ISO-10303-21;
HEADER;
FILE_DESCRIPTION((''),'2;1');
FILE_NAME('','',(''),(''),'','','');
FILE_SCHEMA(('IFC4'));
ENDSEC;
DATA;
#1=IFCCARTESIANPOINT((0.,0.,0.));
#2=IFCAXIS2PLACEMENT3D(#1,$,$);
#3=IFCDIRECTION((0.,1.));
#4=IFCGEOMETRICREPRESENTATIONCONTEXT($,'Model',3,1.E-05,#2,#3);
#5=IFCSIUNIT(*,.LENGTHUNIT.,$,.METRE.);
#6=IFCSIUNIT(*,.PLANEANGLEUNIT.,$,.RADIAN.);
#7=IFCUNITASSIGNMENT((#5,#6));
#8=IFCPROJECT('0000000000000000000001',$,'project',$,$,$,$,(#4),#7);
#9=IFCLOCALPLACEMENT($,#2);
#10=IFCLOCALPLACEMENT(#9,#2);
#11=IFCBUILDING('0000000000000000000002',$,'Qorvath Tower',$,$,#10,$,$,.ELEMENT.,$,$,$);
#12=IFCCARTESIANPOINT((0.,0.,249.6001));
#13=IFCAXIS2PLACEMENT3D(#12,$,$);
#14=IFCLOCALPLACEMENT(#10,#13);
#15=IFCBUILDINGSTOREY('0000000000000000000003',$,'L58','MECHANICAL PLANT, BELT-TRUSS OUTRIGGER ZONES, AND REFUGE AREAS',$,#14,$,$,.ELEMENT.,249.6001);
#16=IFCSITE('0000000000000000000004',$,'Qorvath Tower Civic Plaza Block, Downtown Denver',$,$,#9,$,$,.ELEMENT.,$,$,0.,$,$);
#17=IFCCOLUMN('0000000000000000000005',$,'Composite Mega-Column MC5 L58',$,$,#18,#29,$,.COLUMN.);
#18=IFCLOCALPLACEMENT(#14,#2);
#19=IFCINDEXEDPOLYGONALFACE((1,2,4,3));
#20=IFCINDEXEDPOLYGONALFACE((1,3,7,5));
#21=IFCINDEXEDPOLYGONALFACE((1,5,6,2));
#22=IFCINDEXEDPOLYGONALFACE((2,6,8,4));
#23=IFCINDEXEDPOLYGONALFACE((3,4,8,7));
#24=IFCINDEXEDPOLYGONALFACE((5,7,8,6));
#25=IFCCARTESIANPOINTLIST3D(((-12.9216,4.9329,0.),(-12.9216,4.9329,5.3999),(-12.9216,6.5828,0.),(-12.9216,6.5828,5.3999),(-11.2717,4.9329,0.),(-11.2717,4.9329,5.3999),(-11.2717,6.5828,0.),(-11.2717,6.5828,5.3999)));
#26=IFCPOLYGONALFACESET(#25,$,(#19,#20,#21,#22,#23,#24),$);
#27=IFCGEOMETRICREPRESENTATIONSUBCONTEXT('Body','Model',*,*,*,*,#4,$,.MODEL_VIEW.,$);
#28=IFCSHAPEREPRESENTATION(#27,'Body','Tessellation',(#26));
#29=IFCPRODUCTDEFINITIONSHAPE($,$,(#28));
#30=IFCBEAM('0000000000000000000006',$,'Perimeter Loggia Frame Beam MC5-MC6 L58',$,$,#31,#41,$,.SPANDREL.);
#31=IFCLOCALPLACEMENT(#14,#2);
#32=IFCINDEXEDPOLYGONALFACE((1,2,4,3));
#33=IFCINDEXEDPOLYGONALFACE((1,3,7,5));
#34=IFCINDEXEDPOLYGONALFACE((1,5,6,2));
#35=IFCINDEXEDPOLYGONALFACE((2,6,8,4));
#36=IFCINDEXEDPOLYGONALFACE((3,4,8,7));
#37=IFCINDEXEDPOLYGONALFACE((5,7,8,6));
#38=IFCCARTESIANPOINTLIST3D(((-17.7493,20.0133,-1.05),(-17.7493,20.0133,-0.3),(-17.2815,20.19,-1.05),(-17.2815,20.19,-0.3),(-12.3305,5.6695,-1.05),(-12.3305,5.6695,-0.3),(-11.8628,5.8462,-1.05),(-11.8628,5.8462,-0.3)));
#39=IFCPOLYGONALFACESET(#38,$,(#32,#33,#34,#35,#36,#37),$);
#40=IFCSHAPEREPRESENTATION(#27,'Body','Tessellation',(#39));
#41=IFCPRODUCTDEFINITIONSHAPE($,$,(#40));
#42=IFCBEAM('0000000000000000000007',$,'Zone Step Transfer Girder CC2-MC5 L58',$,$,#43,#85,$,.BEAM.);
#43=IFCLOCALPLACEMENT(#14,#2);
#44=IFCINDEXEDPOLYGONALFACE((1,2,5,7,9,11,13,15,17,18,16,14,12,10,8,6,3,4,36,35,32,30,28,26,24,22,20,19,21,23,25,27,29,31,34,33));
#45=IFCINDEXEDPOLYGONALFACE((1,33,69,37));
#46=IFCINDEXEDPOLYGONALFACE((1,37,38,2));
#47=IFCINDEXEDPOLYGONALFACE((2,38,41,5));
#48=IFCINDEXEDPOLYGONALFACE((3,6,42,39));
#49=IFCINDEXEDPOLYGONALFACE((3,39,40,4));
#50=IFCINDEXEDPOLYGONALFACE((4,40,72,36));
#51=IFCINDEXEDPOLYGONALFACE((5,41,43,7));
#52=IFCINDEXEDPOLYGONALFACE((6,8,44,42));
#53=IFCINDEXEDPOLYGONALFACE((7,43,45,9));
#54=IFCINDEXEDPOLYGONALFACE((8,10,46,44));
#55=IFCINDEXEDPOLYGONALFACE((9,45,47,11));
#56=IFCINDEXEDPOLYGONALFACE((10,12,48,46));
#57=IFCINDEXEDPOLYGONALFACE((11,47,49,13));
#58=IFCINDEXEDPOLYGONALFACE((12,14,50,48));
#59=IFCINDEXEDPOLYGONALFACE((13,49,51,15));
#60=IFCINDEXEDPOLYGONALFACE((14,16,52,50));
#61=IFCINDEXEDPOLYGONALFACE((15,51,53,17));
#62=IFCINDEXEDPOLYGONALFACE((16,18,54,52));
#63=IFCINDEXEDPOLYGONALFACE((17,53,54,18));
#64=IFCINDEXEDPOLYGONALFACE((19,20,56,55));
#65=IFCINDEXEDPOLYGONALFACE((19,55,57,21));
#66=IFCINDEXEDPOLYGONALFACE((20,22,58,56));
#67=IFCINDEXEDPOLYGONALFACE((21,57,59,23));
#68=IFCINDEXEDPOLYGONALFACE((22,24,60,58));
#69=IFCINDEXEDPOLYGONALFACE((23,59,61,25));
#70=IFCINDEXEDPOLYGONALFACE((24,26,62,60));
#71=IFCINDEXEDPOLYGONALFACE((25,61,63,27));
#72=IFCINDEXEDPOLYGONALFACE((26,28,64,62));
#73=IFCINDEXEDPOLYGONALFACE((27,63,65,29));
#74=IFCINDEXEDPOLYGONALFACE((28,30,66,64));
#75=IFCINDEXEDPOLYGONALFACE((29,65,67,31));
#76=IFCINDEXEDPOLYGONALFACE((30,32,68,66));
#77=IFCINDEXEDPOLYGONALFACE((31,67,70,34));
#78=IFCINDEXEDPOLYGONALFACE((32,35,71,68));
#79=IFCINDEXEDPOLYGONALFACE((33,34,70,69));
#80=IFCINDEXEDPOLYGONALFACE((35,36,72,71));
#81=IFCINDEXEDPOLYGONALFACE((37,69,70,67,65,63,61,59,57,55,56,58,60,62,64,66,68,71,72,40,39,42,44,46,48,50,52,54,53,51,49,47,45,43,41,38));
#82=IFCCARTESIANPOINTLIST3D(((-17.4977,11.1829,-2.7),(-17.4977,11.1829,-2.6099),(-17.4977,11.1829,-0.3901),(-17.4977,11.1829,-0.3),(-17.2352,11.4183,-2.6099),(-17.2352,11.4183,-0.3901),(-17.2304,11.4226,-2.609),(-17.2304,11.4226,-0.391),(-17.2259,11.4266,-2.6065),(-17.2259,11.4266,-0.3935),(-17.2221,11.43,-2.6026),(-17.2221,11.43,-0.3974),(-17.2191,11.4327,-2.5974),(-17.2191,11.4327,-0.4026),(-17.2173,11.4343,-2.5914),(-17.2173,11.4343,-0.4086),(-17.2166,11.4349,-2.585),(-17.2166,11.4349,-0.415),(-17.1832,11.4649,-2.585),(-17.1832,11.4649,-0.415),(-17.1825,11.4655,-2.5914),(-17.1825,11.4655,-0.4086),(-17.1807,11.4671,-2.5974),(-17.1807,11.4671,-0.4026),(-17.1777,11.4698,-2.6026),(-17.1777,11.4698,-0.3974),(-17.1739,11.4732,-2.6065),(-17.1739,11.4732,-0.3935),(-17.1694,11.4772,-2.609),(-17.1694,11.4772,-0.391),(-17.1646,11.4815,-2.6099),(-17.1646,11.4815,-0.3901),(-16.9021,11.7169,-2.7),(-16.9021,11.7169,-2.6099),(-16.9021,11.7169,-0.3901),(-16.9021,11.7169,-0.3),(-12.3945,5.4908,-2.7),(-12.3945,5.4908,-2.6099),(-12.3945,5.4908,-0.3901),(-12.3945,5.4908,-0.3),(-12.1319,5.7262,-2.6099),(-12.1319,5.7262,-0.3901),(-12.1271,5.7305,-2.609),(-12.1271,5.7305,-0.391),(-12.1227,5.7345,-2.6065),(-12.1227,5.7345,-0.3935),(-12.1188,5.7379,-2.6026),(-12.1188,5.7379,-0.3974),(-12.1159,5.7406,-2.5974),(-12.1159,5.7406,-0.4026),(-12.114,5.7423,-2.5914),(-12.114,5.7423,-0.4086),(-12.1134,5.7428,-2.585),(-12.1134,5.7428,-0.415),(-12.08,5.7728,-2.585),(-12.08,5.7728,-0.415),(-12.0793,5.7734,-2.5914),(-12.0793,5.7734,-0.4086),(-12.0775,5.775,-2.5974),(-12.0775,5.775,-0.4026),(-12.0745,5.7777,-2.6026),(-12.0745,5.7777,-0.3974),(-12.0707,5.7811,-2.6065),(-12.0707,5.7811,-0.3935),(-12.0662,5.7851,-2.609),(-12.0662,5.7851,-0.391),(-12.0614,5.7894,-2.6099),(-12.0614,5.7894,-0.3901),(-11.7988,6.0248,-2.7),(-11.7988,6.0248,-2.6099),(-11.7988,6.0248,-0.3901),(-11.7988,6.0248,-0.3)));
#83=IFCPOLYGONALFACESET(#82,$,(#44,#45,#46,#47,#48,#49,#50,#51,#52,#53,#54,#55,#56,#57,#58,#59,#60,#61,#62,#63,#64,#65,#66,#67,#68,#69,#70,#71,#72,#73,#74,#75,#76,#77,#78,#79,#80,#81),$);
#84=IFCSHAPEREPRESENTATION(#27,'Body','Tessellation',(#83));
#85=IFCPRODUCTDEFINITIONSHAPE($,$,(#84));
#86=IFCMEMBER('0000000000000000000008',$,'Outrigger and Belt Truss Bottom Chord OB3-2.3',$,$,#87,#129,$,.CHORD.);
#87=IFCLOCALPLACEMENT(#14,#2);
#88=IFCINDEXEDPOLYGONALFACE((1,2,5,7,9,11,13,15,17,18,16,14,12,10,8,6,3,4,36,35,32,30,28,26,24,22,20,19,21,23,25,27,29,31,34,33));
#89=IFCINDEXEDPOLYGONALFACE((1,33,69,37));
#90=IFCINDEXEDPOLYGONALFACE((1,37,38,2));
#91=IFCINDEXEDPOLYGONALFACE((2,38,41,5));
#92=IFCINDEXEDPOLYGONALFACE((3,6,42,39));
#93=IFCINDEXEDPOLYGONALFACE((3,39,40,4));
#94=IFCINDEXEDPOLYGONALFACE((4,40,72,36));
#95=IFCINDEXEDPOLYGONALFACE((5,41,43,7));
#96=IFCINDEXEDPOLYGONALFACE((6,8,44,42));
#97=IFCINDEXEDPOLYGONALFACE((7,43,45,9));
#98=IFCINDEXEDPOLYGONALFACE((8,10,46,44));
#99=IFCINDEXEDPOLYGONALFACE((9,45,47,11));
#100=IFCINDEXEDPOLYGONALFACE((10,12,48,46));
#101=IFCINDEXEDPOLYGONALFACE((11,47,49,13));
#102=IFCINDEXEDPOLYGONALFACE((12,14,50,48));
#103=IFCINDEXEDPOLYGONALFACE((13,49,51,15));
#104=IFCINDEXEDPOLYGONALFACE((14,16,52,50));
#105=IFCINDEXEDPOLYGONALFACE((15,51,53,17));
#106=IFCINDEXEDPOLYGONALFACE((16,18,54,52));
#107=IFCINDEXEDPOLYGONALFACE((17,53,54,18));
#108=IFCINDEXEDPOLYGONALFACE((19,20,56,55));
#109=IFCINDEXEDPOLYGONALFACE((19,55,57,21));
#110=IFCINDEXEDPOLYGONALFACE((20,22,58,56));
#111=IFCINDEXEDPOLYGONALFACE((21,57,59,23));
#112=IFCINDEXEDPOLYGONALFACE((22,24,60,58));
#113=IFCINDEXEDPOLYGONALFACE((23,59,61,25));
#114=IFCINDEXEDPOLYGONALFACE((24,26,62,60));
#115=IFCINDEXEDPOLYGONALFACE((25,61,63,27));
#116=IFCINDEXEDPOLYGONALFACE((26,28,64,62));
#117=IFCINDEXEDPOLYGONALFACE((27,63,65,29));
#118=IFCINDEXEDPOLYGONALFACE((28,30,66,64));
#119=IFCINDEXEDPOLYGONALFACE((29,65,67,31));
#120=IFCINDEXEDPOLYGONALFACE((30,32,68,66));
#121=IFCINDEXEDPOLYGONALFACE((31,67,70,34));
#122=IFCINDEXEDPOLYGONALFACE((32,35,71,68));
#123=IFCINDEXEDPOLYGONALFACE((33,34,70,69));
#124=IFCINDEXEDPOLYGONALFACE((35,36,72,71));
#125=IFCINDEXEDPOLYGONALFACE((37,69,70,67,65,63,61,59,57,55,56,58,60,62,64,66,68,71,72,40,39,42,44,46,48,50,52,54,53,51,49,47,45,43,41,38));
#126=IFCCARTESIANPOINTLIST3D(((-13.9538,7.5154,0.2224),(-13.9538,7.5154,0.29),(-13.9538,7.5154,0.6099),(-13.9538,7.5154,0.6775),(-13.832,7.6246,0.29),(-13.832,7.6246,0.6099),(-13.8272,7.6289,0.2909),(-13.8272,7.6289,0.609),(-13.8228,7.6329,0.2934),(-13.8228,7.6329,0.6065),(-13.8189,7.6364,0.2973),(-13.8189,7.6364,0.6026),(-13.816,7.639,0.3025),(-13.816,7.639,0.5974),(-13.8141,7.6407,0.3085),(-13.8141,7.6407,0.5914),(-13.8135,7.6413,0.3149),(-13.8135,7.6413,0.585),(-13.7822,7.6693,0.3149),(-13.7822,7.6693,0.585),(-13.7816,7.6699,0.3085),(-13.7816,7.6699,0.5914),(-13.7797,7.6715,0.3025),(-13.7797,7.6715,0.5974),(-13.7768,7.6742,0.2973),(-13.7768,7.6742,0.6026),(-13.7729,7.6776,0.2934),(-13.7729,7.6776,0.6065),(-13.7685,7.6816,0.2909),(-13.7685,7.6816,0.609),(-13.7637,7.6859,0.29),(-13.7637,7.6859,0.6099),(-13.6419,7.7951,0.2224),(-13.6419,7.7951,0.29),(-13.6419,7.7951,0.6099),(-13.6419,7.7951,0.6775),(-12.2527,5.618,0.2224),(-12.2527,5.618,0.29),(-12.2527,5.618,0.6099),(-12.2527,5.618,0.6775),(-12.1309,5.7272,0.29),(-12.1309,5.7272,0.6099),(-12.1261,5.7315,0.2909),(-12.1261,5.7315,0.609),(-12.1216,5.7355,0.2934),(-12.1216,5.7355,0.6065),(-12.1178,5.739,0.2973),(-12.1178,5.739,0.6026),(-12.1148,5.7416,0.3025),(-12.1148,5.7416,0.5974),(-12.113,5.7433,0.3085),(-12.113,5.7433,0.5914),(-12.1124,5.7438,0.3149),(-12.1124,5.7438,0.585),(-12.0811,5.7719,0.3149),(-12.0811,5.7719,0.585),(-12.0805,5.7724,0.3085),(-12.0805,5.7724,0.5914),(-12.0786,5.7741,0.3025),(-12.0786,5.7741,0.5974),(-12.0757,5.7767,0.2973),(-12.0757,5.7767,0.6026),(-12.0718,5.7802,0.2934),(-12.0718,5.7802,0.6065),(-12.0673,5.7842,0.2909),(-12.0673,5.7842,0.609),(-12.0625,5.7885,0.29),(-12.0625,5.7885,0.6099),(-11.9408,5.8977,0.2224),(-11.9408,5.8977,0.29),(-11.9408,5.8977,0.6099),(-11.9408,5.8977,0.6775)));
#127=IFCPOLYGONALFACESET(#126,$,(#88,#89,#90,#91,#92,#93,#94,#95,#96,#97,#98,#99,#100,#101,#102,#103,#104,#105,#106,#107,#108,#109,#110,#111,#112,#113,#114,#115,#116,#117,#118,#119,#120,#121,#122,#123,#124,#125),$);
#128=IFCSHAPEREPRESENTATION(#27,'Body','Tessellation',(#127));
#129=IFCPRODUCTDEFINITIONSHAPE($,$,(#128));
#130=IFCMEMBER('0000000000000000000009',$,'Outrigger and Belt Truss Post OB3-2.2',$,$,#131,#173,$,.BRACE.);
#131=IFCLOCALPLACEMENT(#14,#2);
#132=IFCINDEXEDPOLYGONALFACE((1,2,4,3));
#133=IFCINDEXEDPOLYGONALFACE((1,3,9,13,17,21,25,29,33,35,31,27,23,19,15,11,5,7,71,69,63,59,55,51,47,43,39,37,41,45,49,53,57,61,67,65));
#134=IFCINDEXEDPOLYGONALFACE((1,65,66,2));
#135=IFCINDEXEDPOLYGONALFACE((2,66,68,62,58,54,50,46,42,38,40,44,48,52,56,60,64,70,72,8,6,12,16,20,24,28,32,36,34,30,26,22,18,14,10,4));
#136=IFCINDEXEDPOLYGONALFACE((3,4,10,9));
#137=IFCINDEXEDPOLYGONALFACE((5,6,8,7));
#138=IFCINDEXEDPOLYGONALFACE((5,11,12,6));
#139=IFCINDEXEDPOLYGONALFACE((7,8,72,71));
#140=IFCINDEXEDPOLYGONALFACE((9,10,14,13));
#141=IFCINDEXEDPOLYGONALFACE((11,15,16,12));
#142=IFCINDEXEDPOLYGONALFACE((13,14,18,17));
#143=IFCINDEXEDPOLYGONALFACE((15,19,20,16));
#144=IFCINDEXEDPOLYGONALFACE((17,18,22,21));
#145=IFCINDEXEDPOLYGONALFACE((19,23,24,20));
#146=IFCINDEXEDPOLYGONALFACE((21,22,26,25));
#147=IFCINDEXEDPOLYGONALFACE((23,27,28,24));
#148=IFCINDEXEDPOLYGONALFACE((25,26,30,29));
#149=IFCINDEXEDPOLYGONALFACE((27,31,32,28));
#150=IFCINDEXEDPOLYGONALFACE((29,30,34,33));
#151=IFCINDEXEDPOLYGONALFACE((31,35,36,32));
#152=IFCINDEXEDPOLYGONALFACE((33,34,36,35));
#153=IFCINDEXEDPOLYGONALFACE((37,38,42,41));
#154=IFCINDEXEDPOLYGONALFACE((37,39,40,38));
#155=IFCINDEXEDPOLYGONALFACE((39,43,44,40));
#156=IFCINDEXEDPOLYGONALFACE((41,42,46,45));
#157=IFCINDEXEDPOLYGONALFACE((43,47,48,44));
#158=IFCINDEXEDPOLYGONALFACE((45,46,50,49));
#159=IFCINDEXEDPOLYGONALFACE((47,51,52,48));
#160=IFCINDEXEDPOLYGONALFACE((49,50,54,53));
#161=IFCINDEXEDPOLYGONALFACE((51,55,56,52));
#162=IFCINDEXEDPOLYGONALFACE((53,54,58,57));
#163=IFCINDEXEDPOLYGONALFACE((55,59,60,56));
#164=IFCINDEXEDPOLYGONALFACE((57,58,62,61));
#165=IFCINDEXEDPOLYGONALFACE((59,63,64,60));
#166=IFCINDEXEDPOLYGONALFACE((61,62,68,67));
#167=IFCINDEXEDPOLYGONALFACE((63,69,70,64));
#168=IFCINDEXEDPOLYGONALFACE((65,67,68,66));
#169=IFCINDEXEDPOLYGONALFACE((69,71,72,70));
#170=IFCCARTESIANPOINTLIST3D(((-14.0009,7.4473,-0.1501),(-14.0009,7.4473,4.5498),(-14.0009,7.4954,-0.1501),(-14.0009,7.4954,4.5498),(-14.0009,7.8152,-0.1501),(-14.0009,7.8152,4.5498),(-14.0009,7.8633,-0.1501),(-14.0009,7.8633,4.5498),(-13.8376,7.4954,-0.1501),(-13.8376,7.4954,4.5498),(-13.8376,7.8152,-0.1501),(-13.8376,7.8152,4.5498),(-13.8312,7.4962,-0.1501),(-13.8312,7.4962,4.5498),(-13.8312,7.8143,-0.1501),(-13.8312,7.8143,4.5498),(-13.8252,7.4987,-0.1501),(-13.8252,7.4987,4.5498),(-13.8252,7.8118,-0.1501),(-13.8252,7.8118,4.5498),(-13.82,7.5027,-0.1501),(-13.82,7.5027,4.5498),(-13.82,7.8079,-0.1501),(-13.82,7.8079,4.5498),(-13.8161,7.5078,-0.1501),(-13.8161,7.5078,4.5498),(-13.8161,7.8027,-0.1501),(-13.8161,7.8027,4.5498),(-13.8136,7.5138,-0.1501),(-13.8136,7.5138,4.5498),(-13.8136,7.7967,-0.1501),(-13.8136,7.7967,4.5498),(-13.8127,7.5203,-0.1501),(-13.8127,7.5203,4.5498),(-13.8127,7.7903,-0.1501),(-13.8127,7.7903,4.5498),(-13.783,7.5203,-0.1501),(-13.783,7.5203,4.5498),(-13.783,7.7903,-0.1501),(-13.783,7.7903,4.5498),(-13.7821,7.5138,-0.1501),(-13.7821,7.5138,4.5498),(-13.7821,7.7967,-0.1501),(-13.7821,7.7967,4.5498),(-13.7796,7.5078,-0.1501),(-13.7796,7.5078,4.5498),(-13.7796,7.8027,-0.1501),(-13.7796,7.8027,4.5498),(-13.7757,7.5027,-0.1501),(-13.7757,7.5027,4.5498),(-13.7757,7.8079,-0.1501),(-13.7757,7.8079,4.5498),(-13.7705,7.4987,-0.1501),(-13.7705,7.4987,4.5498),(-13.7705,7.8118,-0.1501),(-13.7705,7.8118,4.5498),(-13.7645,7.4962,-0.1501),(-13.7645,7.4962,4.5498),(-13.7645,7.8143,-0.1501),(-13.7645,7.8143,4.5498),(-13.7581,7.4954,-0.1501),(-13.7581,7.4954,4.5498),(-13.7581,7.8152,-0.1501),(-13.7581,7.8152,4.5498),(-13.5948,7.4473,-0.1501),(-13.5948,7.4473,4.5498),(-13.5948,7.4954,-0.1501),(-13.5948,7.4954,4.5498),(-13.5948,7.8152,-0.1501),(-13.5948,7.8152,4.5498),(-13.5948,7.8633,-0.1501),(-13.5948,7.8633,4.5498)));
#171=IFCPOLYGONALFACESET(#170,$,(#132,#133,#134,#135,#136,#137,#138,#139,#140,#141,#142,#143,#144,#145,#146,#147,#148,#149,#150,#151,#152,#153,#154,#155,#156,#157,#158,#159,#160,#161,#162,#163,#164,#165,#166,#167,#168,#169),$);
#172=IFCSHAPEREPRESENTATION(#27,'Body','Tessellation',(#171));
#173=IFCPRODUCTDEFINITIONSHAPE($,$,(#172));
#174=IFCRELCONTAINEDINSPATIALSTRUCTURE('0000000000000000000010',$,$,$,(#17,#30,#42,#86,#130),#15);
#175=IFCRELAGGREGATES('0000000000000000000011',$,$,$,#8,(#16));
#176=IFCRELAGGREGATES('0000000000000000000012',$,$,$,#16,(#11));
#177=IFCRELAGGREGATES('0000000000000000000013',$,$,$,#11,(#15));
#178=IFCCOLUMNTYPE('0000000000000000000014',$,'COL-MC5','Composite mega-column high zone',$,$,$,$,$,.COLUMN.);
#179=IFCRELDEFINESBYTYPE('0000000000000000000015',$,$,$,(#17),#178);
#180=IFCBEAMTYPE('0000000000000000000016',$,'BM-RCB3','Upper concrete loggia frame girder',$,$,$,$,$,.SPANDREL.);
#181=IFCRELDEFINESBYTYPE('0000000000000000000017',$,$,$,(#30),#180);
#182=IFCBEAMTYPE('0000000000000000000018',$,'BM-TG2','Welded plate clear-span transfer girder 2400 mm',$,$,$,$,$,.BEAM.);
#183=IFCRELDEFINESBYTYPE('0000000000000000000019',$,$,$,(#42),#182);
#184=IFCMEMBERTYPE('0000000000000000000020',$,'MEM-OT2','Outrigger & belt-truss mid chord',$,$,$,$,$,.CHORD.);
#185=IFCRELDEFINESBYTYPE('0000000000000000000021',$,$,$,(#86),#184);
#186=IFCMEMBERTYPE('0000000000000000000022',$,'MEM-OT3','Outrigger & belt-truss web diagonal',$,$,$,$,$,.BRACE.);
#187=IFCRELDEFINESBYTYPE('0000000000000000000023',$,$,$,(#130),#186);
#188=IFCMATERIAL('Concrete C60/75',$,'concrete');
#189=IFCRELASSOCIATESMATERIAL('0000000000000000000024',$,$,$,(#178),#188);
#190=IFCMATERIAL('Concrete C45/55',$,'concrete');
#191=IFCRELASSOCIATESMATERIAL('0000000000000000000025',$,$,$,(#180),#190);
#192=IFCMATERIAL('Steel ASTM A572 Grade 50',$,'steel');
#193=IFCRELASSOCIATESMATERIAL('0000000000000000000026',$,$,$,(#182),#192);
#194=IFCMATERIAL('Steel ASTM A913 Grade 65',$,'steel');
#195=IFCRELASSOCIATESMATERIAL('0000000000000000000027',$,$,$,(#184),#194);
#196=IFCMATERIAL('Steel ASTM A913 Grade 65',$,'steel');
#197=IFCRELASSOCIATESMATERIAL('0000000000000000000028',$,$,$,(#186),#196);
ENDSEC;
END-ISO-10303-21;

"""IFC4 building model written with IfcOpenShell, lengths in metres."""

from ifc_helpers import new_model, si_unit, direction, frame, origin, origin_2d, place, context, subcontext, project, spatial, rectangle, i_section, extrude, material, material_profile, profile_set, type_object, element, save


model = new_model("IFC4")

# Units and contexts
model_context = context("Model", 3, precision=1e-05, world=origin(), true_north=direction((0.0, 1.0)))
body_context = subcontext(model_context, "Body", "Model", "MODEL_VIEW")
ifc_project = project(units=[si_unit("LENGTHUNIT", "METRE"), si_unit("PLANEANGLEUNIT", "RADIAN")], contexts=[model_context])

# Site, building, storey
site_placement = place(None, origin())
site = spatial("IfcSite", under=ifc_project, at=site_placement, Name="Qorvath Tower Civic Plaza Block, Downtown Denver", CompositionType="ELEMENT", RefElevation=0.0)
building_placement = place(site_placement, origin())
building = spatial("IfcBuilding", under=site, at=building_placement, Name="Qorvath Tower", CompositionType="ELEMENT")
storey_placement = place(building_placement, frame((0.0, 0.0, 249.6001)))
storey = spatial("IfcBuildingStorey", under=building, at=storey_placement, Name="L58", Description="MECHANICAL PLANT, BELT-TRUSS OUTRIGGER ZONES, AND REFUGE AREAS", CompositionType="ELEMENT", Elevation=249.6001)

# Column
ifc_material_1 = material(Name="Concrete C60/75", Category="concrete")
ifc_material_profile_1 = material_profile(ifc_material_1, rectangle(XDim=1.6499, YDim=1.6499, at=origin_2d()), Name="MC 1650x1650")
ifc_profile_set_1 = profile_set([ifc_material_profile_1], Name="Concrete C60/75")
column_type = type_object("IfcColumnType", Name="COL-MC5", Description="Composite mega-column high zone", PredefinedType="COLUMN", material=ifc_profile_set_1)
column_placement = place(storey_placement, frame((-12.0967, 5.7578, 0.0), z_axis=(0.0, 0.0, 1.0), x_axis=(1.0, 0.0, 0.0)))
element("IfcColumn", 1, at=column_placement, inside=storey, type_object=column_type, Name="Composite Mega-Column MC5 L58", PredefinedType="COLUMN", context=body_context, shape_type="SweptSolid", body=[
    extrude(rectangle(XDim=1.6499, YDim=1.6499, at=origin_2d()), origin(), (0.0, 0.0, 1.0), 5.3999),
])

# Beams
ifc_material_2 = material(Name="Concrete C45/55", Category="concrete")
ifc_material_profile_2 = material_profile(ifc_material_2, rectangle(XDim=0.5, YDim=0.75, at=origin_2d()), Name="RCB 750x500")
ifc_profile_set_2 = profile_set([ifc_material_profile_2], Name="Concrete C45/55")
beam_type_1 = type_object("IfcBeamType", Name="BM-RCB3", Description="Upper concrete loggia frame girder", PredefinedType="SPANDREL", material=ifc_profile_set_2)
beam_1_placement = place(storey_placement, frame((-12.0967, 5.7578, -0.675), z_axis=(-0.353398, 0.935473, 0.0), x_axis=(-0.935473, -0.353398, 0.0)))
element("IfcBeam", 2, at=beam_1_placement, inside=storey, type_object=beam_type_1, Name="Perimeter Loggia Frame Beam MC5-MC6 L58", PredefinedType="SPANDREL", context=body_context, shape_type="SweptSolid", body=[
    extrude(rectangle(XDim=0.5, YDim=0.75, at=origin_2d()), origin(), (0.0, 0.0, 1.0), 15.3333),
])
ifc_material_3 = material(Name="Steel ASTM A572 Grade 50", Category="steel")
ifc_material_profile_3 = material_profile(ifc_material_3, i_section(OverallWidth=0.8, OverallDepth=2.3999, WebThickness=0.0449, FlangeThickness=0.0901, FilletRadius=0.0249, at=origin_2d()), Name="WTG 2400x800")
ifc_profile_set_3 = profile_set([ifc_material_profile_3], Name="Steel ASTM A572 Grade 50")
beam_type_2 = type_object("IfcBeamType", Name="BM-TG2", Description="Welded plate clear-span transfer girder 2400 mm", PredefinedType="BEAM", material=ifc_profile_set_3)
beam_2_placement = place(storey_placement, frame((-12.0967, 5.7578, -1.5), z_axis=(-0.667543, 0.744571, 0.0), x_axis=(-0.744571, -0.667543, 0.0)))
element("IfcBeam", 3, at=beam_2_placement, inside=storey, type_object=beam_type_2, Name="Zone Step Transfer Girder CC2-MC5 L58", PredefinedType="BEAM", context=body_context, shape_type="SweptSolid", body=[
    extrude(i_section(OverallWidth=0.8, OverallDepth=2.3999, WebThickness=0.0449, FlangeThickness=0.0901, FilletRadius=0.0249, at=origin_2d()), origin(), (0.0, 0.0, 1.0), 7.6448),
])

# Members
ifc_material_4 = material(Name="Steel ASTM A913 Grade 65", Category="steel")
ifc_material_profile_4 = material_profile(ifc_material_4, i_section(OverallWidth=0.4189, OverallDepth=0.4551, WebThickness=0.042, FlangeThickness=0.0676, FilletRadius=0.0249, at=origin_2d()), Name="W14x370")
ifc_profile_set_4 = profile_set([ifc_material_profile_4], Name="Steel ASTM A913 Grade 65")
member_type_1 = type_object("IfcMemberType", Name="MEM-OT2", Description="Outrigger & belt-truss mid chord", PredefinedType="CHORD", material=ifc_profile_set_4)
member_1_placement = place(storey_placement, frame((-13.7979, 7.6553, 0.45), z_axis=(0.667545, -0.744569, 0.0), x_axis=(0.744569, 0.667545, 0.0)))
element("IfcMember", 4, at=member_1_placement, inside=storey, type_object=member_type_1, Name="Outrigger and Belt Truss Bottom Chord OB3-2.3", PredefinedType="CHORD", context=body_context, shape_type="SweptSolid", body=[
    extrude(i_section(OverallWidth=0.4189, OverallDepth=0.4551, WebThickness=0.042, FlangeThickness=0.0676, FilletRadius=0.0249, at=origin_2d()), origin(), (0.0, 0.0, 1.0), 2.5483),
])
ifc_material_5 = material(Name="Steel ASTM A913 Grade 65", Category="steel")
ifc_material_profile_5 = material_profile(ifc_material_5, i_section(OverallWidth=0.406, OverallDepth=0.416, WebThickness=0.0298, FlangeThickness=0.0481, FilletRadius=0.0249, at=origin_2d()), Name="W14x257")
ifc_profile_set_5 = profile_set([ifc_material_profile_5], Name="Steel ASTM A913 Grade 65")
member_type_2 = type_object("IfcMemberType", Name="MEM-OT3", Description="Outrigger & belt-truss web diagonal", PredefinedType="BRACE", material=ifc_profile_set_5)
member_2_placement = place(storey_placement, frame((-13.7979, 7.6553, -0.1501), z_axis=(0.0, 0.0, 1.0), x_axis=(1.0, 0.0, 0.0)))
element("IfcMember", 5, at=member_2_placement, inside=storey, type_object=member_type_2, Name="Outrigger and Belt Truss Post OB3-2.2", PredefinedType="BRACE", context=body_context, shape_type="SweptSolid", body=[
    extrude(i_section(OverallWidth=0.406, OverallDepth=0.416, WebThickness=0.0298, FlangeThickness=0.0481, FilletRadius=0.0249, at=origin_2d()), origin(), (0.0, 0.0, 1.0), 4.7),
])

save(model, "model.ifc")
